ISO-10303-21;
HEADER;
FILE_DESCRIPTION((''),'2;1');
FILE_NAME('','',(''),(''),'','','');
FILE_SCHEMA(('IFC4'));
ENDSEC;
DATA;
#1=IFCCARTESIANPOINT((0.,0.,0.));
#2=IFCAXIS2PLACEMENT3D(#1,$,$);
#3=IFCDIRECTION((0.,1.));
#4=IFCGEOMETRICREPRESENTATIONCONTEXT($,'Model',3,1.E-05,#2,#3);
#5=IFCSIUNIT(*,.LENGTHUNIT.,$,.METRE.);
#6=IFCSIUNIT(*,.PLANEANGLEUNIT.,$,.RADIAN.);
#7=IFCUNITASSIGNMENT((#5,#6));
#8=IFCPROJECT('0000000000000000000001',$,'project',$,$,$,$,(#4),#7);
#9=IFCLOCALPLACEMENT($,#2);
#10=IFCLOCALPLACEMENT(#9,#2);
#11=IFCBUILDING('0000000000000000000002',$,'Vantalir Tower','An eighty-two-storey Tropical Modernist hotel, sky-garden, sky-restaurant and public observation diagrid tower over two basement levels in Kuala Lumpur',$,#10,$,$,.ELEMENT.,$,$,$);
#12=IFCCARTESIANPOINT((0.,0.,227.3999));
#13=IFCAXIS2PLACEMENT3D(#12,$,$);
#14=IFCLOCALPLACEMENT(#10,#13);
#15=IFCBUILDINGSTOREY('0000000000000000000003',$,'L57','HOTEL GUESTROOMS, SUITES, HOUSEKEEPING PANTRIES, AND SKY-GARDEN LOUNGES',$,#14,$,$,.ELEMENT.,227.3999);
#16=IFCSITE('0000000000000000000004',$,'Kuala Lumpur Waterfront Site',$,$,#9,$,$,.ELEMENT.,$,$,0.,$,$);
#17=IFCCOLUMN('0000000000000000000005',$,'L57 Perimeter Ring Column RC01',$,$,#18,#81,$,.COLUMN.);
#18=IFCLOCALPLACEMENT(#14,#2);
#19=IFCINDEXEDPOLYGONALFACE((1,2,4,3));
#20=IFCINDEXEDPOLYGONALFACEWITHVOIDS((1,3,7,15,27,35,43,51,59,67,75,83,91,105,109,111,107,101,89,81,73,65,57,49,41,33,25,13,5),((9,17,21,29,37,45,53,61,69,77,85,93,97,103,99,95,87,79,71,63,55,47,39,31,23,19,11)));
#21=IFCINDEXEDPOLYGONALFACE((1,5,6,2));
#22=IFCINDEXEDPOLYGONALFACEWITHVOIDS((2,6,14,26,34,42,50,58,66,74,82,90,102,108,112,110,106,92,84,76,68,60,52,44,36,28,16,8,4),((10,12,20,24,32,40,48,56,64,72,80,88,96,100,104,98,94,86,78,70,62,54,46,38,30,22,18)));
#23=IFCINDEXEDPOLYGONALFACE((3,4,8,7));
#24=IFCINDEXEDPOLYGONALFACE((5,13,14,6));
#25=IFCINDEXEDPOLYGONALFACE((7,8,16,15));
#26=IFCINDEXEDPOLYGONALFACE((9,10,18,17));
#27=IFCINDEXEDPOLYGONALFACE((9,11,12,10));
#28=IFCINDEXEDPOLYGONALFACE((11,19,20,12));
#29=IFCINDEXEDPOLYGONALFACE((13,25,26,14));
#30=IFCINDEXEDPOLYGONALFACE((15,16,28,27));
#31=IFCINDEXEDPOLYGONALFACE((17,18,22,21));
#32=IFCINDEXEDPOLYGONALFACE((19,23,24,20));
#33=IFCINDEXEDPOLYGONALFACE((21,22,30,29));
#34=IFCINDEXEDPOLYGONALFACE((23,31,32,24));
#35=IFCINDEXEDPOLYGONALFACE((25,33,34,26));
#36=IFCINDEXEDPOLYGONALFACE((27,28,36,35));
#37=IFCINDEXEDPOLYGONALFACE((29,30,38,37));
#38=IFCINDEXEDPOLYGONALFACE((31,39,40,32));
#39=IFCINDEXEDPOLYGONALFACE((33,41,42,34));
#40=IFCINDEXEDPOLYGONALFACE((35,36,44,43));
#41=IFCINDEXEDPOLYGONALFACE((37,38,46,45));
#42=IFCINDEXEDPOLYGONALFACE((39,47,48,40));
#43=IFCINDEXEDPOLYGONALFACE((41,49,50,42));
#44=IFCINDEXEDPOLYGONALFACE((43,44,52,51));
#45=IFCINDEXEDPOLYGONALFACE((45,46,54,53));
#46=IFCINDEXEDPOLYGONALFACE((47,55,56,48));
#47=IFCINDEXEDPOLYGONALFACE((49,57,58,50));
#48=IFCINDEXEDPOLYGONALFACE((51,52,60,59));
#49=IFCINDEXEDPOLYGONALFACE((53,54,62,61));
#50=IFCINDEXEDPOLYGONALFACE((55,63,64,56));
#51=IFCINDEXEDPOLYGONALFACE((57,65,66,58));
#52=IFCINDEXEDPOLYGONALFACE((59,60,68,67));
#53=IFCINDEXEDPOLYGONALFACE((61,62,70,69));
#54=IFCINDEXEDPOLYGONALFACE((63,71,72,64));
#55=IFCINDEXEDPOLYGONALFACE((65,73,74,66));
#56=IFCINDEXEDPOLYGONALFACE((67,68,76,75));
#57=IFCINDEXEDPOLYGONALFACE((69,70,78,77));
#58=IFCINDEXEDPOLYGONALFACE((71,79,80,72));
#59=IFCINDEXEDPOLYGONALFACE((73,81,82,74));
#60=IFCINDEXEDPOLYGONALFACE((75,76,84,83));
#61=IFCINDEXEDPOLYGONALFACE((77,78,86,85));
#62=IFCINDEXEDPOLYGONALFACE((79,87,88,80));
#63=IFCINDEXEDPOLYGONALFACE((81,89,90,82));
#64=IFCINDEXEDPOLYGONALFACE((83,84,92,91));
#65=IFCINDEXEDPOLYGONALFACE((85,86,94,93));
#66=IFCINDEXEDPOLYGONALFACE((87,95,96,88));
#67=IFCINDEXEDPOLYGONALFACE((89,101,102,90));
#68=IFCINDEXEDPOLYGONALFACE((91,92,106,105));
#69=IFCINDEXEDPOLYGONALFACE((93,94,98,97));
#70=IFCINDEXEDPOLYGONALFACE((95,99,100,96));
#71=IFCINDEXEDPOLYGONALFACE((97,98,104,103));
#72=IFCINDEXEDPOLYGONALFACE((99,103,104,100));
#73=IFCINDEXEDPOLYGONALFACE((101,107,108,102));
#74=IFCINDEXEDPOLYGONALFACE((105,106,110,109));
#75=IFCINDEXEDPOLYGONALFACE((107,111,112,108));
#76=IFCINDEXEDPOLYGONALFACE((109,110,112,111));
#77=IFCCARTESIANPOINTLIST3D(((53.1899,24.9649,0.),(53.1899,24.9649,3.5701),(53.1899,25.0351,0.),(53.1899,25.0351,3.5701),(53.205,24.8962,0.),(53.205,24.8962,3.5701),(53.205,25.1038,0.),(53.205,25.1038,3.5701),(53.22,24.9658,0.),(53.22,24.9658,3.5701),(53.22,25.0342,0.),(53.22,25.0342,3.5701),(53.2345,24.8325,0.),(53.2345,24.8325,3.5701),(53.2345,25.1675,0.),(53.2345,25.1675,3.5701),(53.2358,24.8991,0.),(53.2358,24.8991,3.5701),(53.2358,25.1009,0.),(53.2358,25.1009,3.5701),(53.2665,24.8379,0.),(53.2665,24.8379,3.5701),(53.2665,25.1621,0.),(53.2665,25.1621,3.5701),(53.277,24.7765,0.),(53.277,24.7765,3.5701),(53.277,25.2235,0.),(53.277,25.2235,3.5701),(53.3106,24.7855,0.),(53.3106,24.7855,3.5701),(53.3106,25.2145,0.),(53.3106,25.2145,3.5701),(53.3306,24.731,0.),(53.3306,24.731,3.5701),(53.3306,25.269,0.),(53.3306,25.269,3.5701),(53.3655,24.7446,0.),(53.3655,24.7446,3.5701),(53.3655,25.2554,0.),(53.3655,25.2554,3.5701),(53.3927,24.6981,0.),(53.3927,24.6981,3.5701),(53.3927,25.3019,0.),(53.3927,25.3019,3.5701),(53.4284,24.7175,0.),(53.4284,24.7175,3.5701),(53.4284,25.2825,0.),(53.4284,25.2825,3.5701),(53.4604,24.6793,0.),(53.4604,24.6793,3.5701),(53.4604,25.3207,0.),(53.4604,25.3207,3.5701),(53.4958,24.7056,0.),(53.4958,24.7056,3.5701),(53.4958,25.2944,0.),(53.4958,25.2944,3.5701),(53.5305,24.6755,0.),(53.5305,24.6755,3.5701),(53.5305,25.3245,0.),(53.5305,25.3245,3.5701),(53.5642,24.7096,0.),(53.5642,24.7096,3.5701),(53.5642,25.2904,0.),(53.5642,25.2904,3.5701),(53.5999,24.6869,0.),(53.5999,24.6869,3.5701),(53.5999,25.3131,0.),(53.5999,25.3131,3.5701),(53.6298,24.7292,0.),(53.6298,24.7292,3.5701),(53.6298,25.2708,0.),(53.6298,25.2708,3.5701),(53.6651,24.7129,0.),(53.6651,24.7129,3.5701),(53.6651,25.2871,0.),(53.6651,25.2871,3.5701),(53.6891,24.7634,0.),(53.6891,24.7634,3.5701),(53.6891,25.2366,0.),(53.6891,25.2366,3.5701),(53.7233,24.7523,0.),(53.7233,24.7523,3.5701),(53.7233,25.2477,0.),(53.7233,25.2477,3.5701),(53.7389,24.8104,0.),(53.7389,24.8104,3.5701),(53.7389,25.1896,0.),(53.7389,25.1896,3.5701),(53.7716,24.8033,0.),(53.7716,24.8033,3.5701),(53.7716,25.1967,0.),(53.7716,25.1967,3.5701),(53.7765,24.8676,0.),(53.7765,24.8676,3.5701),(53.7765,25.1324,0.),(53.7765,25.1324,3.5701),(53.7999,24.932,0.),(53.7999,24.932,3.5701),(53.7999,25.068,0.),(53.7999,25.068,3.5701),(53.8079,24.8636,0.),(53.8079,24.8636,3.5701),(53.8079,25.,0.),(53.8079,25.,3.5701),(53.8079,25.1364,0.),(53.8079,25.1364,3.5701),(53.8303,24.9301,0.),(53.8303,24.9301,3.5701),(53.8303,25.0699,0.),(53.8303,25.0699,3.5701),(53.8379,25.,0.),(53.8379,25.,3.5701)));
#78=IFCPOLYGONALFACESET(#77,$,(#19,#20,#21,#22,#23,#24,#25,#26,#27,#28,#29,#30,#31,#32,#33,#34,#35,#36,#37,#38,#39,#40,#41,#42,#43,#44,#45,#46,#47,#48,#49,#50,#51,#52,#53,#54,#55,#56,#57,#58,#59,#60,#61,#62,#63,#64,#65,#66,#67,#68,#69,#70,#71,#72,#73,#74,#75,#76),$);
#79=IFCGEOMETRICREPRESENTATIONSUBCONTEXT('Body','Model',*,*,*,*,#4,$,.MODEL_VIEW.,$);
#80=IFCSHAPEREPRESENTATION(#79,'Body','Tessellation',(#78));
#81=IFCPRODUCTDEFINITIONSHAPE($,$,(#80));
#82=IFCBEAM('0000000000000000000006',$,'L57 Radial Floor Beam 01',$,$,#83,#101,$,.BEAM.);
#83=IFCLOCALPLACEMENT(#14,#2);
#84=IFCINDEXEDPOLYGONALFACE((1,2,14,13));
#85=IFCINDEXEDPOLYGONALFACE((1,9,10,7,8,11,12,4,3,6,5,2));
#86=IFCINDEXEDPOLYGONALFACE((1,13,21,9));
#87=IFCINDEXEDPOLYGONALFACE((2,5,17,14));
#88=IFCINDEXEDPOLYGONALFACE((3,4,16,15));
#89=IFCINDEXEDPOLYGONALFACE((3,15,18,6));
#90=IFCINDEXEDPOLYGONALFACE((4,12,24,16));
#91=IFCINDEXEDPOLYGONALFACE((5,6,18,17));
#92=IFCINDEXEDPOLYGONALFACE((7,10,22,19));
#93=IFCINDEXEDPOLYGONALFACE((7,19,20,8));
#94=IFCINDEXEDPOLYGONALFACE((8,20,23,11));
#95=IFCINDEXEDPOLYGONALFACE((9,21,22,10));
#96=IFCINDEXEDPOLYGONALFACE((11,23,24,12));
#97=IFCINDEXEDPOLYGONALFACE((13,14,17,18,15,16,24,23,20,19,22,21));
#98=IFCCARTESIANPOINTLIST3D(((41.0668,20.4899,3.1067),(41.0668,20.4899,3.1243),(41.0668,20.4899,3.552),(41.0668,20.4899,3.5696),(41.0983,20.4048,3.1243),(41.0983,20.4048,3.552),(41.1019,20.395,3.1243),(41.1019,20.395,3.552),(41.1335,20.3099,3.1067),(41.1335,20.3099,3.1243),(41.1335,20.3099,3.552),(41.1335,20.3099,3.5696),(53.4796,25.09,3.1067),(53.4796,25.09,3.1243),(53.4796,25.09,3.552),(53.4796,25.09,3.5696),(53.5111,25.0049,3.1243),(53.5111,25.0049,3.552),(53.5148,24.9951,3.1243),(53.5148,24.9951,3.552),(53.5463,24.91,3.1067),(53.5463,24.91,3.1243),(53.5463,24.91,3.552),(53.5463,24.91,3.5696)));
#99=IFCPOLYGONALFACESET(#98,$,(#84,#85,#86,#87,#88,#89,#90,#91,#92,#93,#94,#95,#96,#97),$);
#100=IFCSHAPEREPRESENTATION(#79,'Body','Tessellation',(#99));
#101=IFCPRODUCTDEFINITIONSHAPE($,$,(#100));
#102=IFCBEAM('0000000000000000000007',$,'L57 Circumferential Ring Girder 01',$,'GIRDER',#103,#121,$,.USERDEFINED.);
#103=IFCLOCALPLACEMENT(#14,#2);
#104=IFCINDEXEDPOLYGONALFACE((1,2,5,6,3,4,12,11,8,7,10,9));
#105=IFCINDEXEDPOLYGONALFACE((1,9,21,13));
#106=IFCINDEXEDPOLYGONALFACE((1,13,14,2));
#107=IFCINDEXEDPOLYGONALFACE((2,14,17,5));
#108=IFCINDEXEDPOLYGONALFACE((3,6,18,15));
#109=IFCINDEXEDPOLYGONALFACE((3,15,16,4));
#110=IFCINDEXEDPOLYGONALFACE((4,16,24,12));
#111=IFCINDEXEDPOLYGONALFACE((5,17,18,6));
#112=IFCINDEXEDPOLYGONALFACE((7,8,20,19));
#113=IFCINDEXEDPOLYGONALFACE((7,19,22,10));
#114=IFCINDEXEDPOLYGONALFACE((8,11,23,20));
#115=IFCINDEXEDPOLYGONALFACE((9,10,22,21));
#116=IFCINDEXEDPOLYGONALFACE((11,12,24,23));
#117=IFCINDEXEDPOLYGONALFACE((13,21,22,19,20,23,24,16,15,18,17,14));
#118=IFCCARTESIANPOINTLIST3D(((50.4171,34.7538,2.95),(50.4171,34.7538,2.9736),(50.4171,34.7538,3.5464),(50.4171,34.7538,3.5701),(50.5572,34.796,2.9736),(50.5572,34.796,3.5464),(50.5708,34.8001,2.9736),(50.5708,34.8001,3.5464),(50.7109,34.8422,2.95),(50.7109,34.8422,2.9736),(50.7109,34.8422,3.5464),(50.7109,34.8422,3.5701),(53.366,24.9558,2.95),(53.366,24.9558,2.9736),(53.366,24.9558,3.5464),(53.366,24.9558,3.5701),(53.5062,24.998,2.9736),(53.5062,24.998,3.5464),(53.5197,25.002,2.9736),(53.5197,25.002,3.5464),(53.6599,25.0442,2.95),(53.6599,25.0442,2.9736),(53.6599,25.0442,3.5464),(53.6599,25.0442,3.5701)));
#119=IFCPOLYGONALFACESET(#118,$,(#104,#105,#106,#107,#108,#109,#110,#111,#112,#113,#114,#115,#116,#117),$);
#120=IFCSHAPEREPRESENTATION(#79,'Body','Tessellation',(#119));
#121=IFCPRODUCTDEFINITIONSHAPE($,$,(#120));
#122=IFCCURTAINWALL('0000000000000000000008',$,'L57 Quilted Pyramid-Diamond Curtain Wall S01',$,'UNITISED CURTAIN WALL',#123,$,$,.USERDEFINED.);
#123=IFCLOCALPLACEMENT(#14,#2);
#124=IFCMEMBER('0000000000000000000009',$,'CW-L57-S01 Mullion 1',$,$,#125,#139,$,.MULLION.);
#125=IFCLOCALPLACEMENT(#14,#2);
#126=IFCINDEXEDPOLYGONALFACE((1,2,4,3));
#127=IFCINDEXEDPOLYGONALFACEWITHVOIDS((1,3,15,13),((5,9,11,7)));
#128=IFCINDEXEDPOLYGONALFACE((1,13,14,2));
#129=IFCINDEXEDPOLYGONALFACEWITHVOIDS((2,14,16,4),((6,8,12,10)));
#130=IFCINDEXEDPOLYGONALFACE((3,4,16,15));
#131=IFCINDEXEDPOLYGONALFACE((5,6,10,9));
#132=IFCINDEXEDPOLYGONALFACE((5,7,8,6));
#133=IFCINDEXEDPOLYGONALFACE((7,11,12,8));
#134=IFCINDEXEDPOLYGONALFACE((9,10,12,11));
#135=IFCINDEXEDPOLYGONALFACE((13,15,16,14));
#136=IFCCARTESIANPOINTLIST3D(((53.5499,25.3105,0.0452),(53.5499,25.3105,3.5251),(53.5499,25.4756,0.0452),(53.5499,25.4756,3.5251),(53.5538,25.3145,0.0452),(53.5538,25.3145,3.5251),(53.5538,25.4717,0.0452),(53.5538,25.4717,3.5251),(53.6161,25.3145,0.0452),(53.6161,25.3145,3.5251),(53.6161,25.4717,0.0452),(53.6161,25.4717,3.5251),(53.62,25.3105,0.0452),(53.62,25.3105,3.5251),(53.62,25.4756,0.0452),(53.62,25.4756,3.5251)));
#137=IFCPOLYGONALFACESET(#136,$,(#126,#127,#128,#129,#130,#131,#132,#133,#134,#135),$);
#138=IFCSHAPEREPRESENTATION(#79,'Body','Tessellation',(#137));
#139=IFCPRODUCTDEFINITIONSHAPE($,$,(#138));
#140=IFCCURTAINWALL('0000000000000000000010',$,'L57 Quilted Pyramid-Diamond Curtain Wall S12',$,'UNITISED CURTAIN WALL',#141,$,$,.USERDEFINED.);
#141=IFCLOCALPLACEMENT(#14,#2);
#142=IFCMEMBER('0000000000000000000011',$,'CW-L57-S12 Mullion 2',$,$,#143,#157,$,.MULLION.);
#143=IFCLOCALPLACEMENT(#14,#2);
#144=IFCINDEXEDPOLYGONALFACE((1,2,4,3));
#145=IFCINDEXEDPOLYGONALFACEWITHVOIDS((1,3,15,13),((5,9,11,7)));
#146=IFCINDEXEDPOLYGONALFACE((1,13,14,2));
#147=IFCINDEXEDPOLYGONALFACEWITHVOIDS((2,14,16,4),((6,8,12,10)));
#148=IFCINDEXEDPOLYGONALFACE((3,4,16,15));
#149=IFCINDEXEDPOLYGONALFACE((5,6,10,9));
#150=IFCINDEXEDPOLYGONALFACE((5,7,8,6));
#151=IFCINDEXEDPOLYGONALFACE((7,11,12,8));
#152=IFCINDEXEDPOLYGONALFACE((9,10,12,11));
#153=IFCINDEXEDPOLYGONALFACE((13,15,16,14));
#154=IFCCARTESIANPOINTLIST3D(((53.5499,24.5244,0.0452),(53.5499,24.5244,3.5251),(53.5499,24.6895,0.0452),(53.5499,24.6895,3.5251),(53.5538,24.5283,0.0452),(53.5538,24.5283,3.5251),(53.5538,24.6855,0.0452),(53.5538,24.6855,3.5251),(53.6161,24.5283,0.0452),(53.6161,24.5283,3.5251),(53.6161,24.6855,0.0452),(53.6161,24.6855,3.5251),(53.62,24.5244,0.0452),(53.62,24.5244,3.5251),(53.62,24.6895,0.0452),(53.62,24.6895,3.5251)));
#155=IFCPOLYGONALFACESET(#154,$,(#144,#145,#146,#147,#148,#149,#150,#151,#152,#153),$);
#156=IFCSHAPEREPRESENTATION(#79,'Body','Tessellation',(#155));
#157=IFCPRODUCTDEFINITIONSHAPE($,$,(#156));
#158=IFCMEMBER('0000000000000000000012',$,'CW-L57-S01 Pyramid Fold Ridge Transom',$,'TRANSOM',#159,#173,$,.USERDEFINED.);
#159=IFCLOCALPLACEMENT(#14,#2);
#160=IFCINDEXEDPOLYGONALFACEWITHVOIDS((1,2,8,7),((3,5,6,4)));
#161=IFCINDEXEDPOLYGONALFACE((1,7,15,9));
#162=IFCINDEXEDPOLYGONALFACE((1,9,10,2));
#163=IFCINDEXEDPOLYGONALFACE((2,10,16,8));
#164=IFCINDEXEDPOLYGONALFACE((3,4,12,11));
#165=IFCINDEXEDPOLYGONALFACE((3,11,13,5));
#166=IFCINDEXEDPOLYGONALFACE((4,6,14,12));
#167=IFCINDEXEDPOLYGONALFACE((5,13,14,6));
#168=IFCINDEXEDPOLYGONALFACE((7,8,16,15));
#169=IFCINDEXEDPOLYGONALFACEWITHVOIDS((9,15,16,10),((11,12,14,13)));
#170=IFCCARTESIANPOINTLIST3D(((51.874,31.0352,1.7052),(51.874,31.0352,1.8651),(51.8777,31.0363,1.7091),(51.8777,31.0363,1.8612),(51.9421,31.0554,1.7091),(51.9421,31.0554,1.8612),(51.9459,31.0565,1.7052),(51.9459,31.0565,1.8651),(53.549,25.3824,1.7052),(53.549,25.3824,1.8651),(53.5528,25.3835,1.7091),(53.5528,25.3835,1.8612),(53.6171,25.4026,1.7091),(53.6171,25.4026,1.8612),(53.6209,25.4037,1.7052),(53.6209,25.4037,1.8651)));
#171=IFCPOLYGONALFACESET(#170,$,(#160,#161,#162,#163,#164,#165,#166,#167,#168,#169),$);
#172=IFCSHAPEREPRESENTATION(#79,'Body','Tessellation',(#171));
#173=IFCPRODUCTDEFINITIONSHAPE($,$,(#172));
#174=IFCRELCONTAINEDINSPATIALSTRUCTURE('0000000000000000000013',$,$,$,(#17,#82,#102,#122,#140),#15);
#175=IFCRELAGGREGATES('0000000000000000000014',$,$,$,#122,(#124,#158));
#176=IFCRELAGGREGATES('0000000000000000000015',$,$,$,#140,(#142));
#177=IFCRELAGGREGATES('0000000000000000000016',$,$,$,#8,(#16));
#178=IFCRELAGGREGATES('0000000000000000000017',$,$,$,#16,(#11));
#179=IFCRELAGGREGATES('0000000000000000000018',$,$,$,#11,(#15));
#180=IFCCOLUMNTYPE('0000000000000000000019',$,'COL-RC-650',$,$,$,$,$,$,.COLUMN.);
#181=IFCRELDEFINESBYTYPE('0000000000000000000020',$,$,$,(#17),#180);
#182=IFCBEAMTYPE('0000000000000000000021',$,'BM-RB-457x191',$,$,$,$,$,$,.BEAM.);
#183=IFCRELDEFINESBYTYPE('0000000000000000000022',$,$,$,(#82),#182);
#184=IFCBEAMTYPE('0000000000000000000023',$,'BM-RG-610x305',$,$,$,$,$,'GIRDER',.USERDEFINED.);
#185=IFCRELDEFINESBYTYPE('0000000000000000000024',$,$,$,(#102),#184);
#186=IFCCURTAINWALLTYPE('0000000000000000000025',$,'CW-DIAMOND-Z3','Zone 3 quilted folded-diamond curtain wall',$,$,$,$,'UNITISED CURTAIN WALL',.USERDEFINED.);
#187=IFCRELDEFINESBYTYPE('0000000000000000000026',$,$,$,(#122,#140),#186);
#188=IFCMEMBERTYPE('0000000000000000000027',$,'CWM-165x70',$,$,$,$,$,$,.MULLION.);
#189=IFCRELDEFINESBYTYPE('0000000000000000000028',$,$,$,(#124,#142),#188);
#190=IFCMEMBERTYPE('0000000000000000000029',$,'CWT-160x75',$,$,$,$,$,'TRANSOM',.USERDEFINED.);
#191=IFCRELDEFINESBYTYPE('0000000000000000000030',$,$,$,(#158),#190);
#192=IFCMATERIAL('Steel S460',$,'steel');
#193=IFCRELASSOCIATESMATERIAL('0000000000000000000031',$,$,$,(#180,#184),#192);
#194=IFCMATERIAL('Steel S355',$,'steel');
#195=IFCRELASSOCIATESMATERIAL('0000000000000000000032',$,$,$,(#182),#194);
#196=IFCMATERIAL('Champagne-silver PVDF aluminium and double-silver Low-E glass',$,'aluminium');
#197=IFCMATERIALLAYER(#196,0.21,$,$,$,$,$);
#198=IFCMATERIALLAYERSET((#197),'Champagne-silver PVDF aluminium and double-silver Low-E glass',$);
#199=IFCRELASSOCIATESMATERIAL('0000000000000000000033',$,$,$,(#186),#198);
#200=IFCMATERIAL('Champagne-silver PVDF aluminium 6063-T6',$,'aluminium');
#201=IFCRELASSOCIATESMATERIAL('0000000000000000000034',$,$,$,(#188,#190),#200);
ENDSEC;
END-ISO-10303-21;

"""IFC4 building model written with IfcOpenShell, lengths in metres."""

from ifc_helpers import new_model, si_unit, direction, frame, origin, origin_2d, place, context, subcontext, project, spatial, hollow_rectangle, hollow_circle, i_section, extrude, material, layer, layer_set, material_profile, profile_set, type_object, element, aggregate, save


model = new_model("IFC4")

# Units and contexts
model_context = context("Model", 3, precision=1e-05, world=origin(), true_north=direction((0.0, 1.0)))
body_context = subcontext(model_context, "Body", "Model", "MODEL_VIEW")
ifc_project = project(units=[si_unit("LENGTHUNIT", "METRE"), si_unit("PLANEANGLEUNIT", "RADIAN")], contexts=[model_context])

# Site, building, storey
site_placement = place(None, origin())
site = spatial("IfcSite", under=ifc_project, at=site_placement, Name="Kuala Lumpur Waterfront Site", CompositionType="ELEMENT", RefElevation=0.0)
building_placement = place(site_placement, origin())
building = spatial("IfcBuilding", under=site, at=building_placement, Name="Vantalir Tower", Description="An eighty-two-storey Tropical Modernist hotel, sky-garden, sky-restaurant and public observation diagrid tower over two basement levels in Kuala Lumpur", CompositionType="ELEMENT")
storey_placement = place(building_placement, frame((0.0, 0.0, 227.3999)))
storey = spatial("IfcBuildingStorey", under=building, at=storey_placement, Name="L57", Description="HOTEL GUESTROOMS, SUITES, HOUSEKEEPING PANTRIES, AND SKY-GARDEN LOUNGES", CompositionType="ELEMENT", Elevation=227.3999)

# Column
ifc_material_1 = material(Name="Steel S460", Category="steel")
ifc_material_profile_1 = material_profile(ifc_material_1, hollow_circle(Radius=0.325, WallThickness=0.03, at=origin_2d()), Name="Steel S460")
ifc_profile_set_1 = profile_set([ifc_material_profile_1], Name="Steel S460")
column_type = type_object("IfcColumnType", Name="COL-RC-650", PredefinedType="COLUMN", material=ifc_profile_set_1)
column_placement = place(storey_placement, frame((53.5129, 25.0, 0.0), z_axis=(0.0, 0.0, 1.0), x_axis=(1.0, 0.0, 0.0)))
element("IfcColumn", 1, at=column_placement, inside=storey, type_object=column_type, Name="L57 Perimeter Ring Column RC01", PredefinedType="COLUMN", context=body_context, shape_type="SweptSolid", body=[
    extrude(hollow_circle(Radius=0.325, WallThickness=0.03, at=origin_2d()), origin(), (0.0, 0.0, 1.0), 3.5701),
])

# Beams
ifc_material_2 = material(Name="Steel S355", Category="steel")
ifc_material_profile_2 = material_profile(ifc_material_2, i_section(OverallWidth=0.1919, OverallDepth=0.4629, WebThickness=0.0105, FlangeThickness=0.0176, at=origin_2d()), Name="Steel S355")
ifc_profile_set_2 = profile_set([ifc_material_profile_2], Name="Steel S355")
beam_type_1 = type_object("IfcBeamType", Name="BM-RB-457x191", PredefinedType="BEAM", material=ifc_profile_set_2)
beam_1_placement = place(storey_placement, frame((53.5129, 25.0, 3.3381), z_axis=(-0.937681, -0.347497, 0.0), x_axis=(0.347497, -0.937681, 0.0)))
element("IfcBeam", 2, at=beam_1_placement, inside=storey, type_object=beam_type_1, Name="L57 Radial Floor Beam 01", PredefinedType="BEAM", context=body_context, shape_type="SweptSolid", body=[
    extrude(i_section(OverallWidth=0.1919, OverallDepth=0.4629, WebThickness=0.0105, FlangeThickness=0.0176, at=origin_2d()), origin(), (0.0, 0.0, 1.0), 13.2378),
])
ifc_material_profile_3 = material_profile(ifc_material_1, i_section(OverallWidth=0.3069, OverallDepth=0.6201, WebThickness=0.0142, FlangeThickness=0.0237, at=origin_2d()), Name="Steel S460")
ifc_profile_set_3 = profile_set([ifc_material_profile_3], Name="Steel S460")
beam_type_2 = type_object("IfcBeamType", Name="BM-RG-610x305", ElementType="GIRDER", PredefinedType="USERDEFINED", material=ifc_profile_set_3)
beam_2_placement = place(storey_placement, frame((53.5129, 25.0, 3.26), z_axis=(-0.288204, 0.957569, 0.0), x_axis=(-0.957569, -0.288204, 0.0)))
element("IfcBeam", 3, at=beam_2_placement, inside=storey, type_object=beam_type_2, Name="L57 Circumferential Ring Girder 01", ObjectType="GIRDER", PredefinedType="USERDEFINED", context=body_context, shape_type="SweptSolid", body=[
    extrude(i_section(OverallWidth=0.3069, OverallDepth=0.6201, WebThickness=0.0142, FlangeThickness=0.0237, at=origin_2d()), origin(), (0.0, 0.0, 1.0), 10.2322),
])

# Curtain walls, members
ifc_material_3 = material(Name="Champagne-silver PVDF aluminium and double-silver Low-E glass", Category="aluminium")
ifc_layer_1 = layer(ifc_material_3, 0.21)
ifc_layer_set_1 = layer_set([ifc_layer_1], Name="Champagne-silver PVDF aluminium and double-silver Low-E glass")
curtain_wall_type = type_object("IfcCurtainWallType", Name="CW-DIAMOND-Z3", Description="Zone 3 quilted folded-diamond curtain wall", ElementType="UNITISED CURTAIN WALL", PredefinedType="USERDEFINED", material=ifc_layer_set_1)
curtain_wall_1_placement = place(storey_placement, origin())
curtain_wall_1 = element("IfcCurtainWall", 4, at=curtain_wall_1_placement, inside=storey, type_object=curtain_wall_type, Name="L57 Quilted Pyramid-Diamond Curtain Wall S01", ObjectType="UNITISED CURTAIN WALL", PredefinedType="USERDEFINED")
ifc_material_4 = material(Name="Champagne-silver PVDF aluminium 6063-T6", Category="aluminium")
ifc_material_profile_4 = material_profile(ifc_material_4, hollow_rectangle(XDim=0.0701, YDim=0.165, WallThickness=0.0039, at=origin_2d()), Name="Champagne-silver PVDF aluminium 6063-T6")
ifc_profile_set_4 = profile_set([ifc_material_profile_4], Name="Champagne-silver PVDF aluminium 6063-T6")
member_type_1 = type_object("IfcMemberType", Name="CWM-165x70", PredefinedType="MULLION", material=ifc_profile_set_4)
member_1_placement = place(storey_placement, frame((53.585, 25.3931, 0.0452), z_axis=(0.0, 0.0, 1.0), x_axis=(1.0, 0.0, 0.0)))
member_1 = element("IfcMember", 5, at=member_1_placement, type_object=member_type_1, Name="CW-L57-S01 Mullion 1", PredefinedType="MULLION", context=body_context, shape_type="SweptSolid", body=[
    extrude(hollow_rectangle(XDim=0.0701, YDim=0.165, WallThickness=0.0039, at=origin_2d()), origin(), (0.0, 0.0, 1.0), 3.48),
])
curtain_wall_2_placement = place(storey_placement, origin())
curtain_wall_2 = element("IfcCurtainWall", 6, at=curtain_wall_2_placement, inside=storey, type_object=curtain_wall_type, Name="L57 Quilted Pyramid-Diamond Curtain Wall S12", ObjectType="UNITISED CURTAIN WALL", PredefinedType="USERDEFINED")
member_2_placement = place(storey_placement, frame((53.585, 24.6069, 0.0452), z_axis=(0.0, 0.0, 1.0), x_axis=(1.0, 0.0, 0.0)))
member_2 = element("IfcMember", 7, at=member_2_placement, type_object=member_type_1, Name="CW-L57-S12 Mullion 2", PredefinedType="MULLION", context=body_context, shape_type="SweptSolid", body=[
    extrude(hollow_rectangle(XDim=0.0701, YDim=0.165, WallThickness=0.0039, at=origin_2d()), origin(), (0.0, 0.0, 1.0), 3.48),
])

# Member
ifc_material_profile_5 = material_profile(ifc_material_4, hollow_rectangle(XDim=0.075, YDim=0.1599, WallThickness=0.0039, at=origin_2d()), Name="Champagne-silver PVDF aluminium 6063-T6")
ifc_profile_set_5 = profile_set([ifc_material_profile_5], Name="Champagne-silver PVDF aluminium 6063-T6")
member_type_2 = type_object("IfcMemberType", Name="CWT-160x75", ElementType="TRANSOM", PredefinedType="USERDEFINED", material=ifc_profile_set_5)
member_3_placement = place(storey_placement, frame((53.585, 25.3931, 1.7852), z_axis=(-0.284109, 0.958792, 0.0), x_axis=(-0.958792, -0.284109, 0.0)))
member_3 = element("IfcMember", 8, at=member_3_placement, type_object=member_type_2, Name="CW-L57-S01 Pyramid Fold Ridge Transom", ObjectType="TRANSOM", PredefinedType="USERDEFINED", context=body_context, shape_type="SweptSolid", body=[
    extrude(hollow_rectangle(XDim=0.075, YDim=0.1599, WallThickness=0.0039, at=origin_2d()), origin(), (0.0, 0.0, 1.0), 5.8958),
])
aggregate(curtain_wall_1, [member_1, member_3])

aggregate(curtain_wall_2, [member_2])

save(model, "model.ifc")
